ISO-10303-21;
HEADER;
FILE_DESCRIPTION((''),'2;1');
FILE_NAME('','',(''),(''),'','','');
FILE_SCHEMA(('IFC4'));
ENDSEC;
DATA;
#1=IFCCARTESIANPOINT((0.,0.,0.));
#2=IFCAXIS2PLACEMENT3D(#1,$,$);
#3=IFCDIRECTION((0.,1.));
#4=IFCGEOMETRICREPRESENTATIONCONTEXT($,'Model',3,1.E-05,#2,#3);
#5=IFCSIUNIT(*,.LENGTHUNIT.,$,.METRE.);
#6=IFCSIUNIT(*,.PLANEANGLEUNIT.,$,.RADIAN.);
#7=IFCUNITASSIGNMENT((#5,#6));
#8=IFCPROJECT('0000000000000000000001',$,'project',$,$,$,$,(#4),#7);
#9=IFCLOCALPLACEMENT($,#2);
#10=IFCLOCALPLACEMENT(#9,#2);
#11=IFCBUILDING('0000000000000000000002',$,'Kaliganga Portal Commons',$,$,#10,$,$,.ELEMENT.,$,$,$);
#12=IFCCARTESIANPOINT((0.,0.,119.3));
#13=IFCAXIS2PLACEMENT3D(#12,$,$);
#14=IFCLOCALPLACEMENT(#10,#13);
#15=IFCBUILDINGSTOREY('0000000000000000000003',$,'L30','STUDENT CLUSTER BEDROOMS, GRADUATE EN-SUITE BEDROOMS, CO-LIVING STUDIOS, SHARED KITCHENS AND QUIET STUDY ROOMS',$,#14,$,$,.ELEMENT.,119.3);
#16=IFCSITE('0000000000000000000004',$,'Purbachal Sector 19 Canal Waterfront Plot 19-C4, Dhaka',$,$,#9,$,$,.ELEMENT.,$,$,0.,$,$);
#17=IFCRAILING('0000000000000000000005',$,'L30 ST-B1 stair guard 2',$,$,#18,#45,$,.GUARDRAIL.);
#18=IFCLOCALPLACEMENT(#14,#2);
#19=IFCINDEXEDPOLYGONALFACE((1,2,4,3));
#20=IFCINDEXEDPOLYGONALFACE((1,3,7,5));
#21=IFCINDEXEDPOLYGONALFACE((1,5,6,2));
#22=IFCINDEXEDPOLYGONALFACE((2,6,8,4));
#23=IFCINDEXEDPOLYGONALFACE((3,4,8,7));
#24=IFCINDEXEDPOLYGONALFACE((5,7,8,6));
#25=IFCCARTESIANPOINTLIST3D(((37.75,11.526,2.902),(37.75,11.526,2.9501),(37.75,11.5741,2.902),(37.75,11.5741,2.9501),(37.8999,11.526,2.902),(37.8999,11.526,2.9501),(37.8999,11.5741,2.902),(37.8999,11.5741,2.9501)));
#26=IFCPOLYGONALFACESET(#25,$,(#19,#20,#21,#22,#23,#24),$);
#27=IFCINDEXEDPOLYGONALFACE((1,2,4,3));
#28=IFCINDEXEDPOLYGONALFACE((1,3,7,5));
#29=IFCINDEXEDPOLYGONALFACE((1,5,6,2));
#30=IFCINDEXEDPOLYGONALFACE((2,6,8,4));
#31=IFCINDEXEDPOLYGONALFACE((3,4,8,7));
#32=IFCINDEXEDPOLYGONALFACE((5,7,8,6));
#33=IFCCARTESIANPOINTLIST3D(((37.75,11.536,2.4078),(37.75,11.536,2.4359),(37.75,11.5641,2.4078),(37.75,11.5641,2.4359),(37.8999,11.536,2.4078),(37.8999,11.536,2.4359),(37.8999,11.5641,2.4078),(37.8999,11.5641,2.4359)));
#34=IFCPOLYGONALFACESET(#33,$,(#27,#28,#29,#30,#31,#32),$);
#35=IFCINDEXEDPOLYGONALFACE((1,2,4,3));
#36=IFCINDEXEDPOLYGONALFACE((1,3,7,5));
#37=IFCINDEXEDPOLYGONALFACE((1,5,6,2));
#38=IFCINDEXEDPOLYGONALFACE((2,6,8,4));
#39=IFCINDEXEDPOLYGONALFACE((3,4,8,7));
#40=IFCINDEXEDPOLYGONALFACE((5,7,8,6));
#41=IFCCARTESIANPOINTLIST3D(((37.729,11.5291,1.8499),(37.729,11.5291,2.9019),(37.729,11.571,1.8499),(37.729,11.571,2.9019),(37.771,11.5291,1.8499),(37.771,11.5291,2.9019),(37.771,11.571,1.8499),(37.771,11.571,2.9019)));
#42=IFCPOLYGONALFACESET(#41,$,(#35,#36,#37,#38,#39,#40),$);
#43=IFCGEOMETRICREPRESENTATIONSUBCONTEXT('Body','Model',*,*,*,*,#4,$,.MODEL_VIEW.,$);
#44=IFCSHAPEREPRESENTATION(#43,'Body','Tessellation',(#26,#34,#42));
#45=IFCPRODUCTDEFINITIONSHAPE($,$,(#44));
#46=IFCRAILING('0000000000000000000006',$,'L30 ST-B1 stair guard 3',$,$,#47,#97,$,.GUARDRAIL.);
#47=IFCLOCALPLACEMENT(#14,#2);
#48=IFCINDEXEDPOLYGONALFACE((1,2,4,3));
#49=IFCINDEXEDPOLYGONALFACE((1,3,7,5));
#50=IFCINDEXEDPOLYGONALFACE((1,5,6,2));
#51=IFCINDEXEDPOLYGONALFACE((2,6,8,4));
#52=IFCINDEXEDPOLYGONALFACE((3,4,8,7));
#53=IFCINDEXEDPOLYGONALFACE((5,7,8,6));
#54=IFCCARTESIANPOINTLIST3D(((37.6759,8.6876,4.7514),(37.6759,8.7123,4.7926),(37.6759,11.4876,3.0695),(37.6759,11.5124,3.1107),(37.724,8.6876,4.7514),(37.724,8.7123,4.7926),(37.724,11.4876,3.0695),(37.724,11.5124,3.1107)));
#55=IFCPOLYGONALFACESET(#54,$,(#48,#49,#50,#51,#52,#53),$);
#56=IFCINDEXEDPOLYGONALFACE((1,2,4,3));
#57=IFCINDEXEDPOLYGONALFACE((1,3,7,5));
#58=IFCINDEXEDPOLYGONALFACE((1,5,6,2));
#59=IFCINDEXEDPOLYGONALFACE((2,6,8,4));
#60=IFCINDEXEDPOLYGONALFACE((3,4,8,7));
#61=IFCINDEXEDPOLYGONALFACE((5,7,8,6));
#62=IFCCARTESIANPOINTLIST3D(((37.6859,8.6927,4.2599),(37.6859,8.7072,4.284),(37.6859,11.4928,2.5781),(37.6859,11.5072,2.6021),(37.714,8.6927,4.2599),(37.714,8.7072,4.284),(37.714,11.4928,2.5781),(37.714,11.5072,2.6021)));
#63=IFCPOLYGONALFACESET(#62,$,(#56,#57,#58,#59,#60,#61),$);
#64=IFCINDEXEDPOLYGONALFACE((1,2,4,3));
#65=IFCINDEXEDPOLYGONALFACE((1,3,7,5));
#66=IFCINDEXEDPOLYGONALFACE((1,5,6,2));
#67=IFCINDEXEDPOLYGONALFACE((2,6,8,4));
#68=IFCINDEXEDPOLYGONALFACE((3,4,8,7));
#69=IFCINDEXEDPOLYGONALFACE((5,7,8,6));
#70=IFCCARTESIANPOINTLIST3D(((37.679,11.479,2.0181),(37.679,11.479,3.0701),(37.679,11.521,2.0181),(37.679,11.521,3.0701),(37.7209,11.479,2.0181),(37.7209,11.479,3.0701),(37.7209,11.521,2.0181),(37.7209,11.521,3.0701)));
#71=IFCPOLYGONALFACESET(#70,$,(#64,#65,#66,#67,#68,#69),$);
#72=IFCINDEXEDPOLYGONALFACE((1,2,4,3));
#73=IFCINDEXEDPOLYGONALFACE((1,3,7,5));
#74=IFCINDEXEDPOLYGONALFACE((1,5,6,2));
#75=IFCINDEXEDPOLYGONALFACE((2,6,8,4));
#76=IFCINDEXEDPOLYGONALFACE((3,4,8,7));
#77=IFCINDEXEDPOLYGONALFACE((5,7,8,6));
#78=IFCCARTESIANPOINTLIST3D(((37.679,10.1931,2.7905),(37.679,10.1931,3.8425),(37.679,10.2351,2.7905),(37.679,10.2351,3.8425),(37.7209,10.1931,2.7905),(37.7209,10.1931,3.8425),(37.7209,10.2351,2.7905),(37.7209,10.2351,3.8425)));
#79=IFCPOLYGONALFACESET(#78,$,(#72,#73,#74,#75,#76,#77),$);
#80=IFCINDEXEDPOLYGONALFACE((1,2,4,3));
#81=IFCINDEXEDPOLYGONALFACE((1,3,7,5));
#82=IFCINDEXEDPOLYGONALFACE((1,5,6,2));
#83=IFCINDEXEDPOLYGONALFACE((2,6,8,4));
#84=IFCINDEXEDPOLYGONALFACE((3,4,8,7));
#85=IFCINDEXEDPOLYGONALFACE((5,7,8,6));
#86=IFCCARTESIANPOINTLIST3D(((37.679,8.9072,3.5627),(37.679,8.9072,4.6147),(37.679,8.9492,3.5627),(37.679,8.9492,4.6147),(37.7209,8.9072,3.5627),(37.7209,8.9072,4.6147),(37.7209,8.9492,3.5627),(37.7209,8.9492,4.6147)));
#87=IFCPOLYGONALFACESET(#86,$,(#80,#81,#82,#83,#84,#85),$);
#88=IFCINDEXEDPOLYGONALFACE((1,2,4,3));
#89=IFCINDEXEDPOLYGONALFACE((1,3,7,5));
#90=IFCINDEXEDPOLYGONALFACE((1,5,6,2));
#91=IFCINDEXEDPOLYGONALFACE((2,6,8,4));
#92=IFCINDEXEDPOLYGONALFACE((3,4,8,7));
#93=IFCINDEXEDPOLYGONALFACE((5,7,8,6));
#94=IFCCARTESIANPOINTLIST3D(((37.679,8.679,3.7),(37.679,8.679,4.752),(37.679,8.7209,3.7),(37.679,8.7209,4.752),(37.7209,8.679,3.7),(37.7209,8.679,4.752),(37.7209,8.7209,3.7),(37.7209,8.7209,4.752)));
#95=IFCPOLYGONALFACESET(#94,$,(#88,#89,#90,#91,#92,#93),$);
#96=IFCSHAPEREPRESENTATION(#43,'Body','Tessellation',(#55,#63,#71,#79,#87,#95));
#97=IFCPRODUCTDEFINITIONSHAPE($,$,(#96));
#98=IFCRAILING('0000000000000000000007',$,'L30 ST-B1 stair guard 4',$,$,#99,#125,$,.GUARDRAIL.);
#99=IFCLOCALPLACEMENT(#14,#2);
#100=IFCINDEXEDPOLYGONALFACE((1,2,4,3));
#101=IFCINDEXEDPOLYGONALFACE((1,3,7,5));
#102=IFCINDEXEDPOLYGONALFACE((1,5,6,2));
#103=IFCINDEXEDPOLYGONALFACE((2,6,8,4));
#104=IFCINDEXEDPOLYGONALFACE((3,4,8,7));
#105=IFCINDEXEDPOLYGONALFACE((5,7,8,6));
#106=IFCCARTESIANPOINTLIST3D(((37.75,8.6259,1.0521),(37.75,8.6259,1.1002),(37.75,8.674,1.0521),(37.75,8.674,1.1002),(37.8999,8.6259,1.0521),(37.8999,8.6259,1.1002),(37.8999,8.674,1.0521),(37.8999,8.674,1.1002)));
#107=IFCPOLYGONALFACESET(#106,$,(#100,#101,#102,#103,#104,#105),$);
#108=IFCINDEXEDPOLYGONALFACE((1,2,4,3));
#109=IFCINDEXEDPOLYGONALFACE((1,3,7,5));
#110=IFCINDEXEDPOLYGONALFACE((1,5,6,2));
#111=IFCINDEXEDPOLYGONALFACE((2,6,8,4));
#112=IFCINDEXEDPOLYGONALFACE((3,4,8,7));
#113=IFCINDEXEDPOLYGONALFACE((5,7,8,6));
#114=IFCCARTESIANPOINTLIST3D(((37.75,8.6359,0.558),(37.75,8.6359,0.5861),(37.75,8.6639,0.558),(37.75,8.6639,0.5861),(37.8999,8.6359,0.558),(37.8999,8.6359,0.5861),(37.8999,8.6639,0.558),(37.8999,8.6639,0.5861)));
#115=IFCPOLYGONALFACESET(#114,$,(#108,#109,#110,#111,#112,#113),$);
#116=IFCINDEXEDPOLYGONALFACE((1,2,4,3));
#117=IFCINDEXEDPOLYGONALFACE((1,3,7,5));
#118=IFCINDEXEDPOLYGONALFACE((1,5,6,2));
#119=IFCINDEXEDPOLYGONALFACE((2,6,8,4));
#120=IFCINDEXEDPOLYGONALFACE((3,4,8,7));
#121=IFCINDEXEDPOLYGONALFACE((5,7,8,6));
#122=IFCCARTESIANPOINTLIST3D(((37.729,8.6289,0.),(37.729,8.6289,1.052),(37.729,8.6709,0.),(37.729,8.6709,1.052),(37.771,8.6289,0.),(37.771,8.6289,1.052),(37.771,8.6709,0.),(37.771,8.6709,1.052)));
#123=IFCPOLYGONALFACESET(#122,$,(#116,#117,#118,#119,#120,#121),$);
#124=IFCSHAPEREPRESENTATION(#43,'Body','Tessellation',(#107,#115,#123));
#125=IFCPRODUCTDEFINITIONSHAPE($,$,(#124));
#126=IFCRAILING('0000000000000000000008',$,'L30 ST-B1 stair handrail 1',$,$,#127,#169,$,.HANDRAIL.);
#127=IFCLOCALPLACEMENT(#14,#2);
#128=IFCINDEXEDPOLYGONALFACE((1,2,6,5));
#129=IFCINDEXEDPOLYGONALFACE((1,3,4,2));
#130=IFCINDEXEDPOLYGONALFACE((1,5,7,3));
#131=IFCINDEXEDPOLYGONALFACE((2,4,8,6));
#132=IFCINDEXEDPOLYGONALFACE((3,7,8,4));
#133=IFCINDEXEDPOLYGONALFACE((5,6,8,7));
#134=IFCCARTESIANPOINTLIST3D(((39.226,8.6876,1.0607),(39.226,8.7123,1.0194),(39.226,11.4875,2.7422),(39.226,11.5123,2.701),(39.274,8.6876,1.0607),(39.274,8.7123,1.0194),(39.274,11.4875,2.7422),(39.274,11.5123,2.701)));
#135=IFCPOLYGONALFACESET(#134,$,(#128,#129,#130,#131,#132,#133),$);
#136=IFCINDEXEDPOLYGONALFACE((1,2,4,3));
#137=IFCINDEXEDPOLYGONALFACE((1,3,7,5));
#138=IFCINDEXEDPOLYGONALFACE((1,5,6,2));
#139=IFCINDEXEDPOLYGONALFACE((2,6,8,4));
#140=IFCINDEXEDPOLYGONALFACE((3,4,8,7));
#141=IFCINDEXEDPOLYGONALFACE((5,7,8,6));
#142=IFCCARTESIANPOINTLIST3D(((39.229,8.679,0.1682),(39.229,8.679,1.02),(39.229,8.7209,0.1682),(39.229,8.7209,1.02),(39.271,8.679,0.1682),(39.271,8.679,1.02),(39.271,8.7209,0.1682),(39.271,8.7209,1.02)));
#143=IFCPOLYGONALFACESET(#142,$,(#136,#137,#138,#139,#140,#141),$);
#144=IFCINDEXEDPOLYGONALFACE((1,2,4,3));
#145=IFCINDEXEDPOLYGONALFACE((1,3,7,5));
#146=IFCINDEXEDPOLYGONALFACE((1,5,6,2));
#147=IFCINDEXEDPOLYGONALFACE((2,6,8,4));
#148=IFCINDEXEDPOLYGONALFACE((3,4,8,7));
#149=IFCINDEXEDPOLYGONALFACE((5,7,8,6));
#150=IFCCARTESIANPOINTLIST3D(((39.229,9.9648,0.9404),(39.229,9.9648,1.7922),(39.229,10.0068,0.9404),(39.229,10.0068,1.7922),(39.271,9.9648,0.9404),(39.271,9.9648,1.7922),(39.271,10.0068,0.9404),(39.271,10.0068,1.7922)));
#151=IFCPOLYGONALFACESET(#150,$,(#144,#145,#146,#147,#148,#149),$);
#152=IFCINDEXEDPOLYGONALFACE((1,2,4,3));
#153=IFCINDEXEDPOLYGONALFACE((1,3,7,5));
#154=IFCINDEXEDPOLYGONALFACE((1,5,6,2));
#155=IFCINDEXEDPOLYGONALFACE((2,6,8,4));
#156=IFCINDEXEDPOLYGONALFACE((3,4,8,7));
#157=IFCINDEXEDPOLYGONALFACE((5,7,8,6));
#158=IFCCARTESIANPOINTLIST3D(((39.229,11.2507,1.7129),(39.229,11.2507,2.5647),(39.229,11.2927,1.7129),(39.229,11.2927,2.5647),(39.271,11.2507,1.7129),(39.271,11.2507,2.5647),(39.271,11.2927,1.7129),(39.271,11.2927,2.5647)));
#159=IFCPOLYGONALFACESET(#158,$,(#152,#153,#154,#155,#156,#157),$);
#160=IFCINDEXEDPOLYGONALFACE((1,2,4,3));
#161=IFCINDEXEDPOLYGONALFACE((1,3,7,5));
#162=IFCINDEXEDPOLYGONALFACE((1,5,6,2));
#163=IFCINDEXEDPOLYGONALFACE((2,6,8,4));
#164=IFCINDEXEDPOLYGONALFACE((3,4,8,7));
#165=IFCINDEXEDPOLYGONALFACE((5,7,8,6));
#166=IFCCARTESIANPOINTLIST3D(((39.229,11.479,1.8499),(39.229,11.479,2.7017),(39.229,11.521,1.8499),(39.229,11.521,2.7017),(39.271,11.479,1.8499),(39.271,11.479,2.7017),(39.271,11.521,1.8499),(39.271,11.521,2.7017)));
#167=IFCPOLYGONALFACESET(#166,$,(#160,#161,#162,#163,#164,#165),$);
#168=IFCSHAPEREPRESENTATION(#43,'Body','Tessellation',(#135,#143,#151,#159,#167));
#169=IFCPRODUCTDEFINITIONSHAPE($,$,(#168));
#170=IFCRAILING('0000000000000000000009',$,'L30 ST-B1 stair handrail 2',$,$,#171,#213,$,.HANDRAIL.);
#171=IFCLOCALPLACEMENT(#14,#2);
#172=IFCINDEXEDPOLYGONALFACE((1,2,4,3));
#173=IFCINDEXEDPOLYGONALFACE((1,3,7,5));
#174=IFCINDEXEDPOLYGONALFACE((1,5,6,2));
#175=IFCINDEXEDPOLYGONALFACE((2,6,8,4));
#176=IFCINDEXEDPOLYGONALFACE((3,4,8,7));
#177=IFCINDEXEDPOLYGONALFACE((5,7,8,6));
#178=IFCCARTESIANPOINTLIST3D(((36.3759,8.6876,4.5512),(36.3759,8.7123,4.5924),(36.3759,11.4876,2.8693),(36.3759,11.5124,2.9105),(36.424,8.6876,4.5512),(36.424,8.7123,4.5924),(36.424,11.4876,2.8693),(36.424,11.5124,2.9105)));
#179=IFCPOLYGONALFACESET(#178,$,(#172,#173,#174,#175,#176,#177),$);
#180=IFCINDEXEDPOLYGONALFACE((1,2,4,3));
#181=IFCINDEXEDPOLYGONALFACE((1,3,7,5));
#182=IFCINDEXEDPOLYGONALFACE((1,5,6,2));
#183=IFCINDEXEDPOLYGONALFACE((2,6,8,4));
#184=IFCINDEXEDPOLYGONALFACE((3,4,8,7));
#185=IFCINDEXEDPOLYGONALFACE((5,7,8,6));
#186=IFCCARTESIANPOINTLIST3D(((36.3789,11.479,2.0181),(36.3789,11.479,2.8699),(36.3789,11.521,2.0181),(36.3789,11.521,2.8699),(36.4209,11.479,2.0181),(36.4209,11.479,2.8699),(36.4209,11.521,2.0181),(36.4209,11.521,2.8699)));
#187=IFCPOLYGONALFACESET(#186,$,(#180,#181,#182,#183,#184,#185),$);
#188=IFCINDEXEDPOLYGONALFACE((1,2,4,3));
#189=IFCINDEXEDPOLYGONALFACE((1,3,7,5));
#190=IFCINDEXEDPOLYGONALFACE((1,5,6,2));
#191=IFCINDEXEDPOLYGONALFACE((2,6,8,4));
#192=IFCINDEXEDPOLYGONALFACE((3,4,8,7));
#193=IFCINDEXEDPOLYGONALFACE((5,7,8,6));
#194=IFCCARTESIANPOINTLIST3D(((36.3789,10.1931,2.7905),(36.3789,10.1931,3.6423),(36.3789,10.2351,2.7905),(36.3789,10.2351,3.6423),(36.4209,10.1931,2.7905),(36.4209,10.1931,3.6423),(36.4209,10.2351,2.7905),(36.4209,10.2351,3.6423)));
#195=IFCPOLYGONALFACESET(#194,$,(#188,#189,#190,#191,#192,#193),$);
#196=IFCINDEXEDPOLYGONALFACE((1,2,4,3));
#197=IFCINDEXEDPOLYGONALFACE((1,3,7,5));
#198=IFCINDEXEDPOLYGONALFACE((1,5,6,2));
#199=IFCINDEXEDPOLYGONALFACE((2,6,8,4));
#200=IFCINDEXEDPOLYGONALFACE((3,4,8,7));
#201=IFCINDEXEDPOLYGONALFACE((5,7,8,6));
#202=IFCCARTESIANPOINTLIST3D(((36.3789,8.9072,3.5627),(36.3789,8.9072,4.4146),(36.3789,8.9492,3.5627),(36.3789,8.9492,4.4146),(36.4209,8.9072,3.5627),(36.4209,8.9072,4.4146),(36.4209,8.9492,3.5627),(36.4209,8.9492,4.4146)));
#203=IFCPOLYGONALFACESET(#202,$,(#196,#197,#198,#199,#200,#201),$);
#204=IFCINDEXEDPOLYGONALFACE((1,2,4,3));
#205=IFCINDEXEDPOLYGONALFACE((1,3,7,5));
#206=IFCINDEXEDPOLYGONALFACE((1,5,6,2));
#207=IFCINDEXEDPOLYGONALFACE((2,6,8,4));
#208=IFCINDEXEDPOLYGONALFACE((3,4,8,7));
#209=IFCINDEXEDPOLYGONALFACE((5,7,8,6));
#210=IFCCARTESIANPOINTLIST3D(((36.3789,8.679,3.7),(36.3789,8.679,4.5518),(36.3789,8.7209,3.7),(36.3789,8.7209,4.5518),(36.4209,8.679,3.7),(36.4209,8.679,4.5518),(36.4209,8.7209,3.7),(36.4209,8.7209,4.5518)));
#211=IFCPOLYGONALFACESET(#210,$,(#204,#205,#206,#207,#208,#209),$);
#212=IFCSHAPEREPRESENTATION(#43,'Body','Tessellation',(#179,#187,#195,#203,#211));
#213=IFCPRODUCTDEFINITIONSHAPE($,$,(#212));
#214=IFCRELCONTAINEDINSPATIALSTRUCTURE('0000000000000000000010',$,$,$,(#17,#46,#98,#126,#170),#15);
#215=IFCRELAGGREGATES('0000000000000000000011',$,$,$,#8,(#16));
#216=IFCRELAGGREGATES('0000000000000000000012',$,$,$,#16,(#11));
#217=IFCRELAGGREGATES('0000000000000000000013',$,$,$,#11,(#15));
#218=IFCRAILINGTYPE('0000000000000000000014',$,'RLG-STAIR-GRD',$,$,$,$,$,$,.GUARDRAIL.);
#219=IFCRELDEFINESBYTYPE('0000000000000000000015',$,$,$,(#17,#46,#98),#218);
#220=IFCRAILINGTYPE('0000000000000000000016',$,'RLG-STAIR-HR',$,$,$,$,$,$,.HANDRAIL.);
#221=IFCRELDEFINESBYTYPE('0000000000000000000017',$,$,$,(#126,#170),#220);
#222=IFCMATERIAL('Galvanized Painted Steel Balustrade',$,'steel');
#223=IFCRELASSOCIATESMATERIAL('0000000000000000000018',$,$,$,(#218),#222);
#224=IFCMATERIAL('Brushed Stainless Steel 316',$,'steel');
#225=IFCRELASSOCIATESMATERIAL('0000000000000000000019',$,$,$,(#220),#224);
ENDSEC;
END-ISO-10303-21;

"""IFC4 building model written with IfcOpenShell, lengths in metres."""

from ifc_helpers import new_model, si_unit, direction, frame, origin, origin_2d, place, context, subcontext, project, spatial, rectangle, extrude, material, type_object, element, save


model = new_model("IFC4")

# Units and contexts
model_context = context("Model", 3, precision=1e-05, world=origin(), true_north=direction((0.0, 1.0)))
body_context = subcontext(model_context, "Body", "Model", "MODEL_VIEW")
ifc_project = project(units=[si_unit("LENGTHUNIT", "METRE"), si_unit("PLANEANGLEUNIT", "RADIAN")], contexts=[model_context])

# Site, building, storey
site_placement = place(None, origin())
site = spatial("IfcSite", under=ifc_project, at=site_placement, Name="Purbachal Sector 19 Canal Waterfront Plot 19-C4, Dhaka", CompositionType="ELEMENT", RefElevation=0.0)
building_placement = place(site_placement, origin())
building = spatial("IfcBuilding", under=site, at=building_placement, Name="Kaliganga Portal Commons", CompositionType="ELEMENT")
storey_placement = place(building_placement, frame((0.0, 0.0, 119.3)))
storey = spatial("IfcBuildingStorey", under=building, at=storey_placement, Name="L30", Description="STUDENT CLUSTER BEDROOMS, GRADUATE EN-SUITE BEDROOMS, CO-LIVING STUDIOS, SHARED KITCHENS AND QUIET STUDY ROOMS", CompositionType="ELEMENT", Elevation=119.3)

# Railings
ifc_material_1 = material(Name="Galvanized Painted Steel Balustrade", Category="steel")
railing_type_1 = type_object("IfcRailingType", Name="RLG-STAIR-GRD", PredefinedType="GUARDRAIL", material=ifc_material_1)
railing_1_placement = place(storey_placement, frame((37.8999, 11.55, 1.8499)))
element("IfcRailing", 1, at=railing_1_placement, inside=storey, type_object=railing_type_1, Name="L30 ST-B1 stair guard 2", PredefinedType="GUARDRAIL", context=body_context, shape_type="SweptSolid", body=[
    extrude(rectangle(XDim=0.0481, YDim=0.0481, at=origin_2d()), frame((0.0, 0.0, 1.0762), z_axis=(-1.0, 0.0, 0.0), x_axis=(0.0, -1.0, 0.0)), (0.0, 0.0, 1.0), 0.1499),
    extrude(rectangle(XDim=0.0281, YDim=0.0281, at=origin_2d()), frame((0.0, 0.0, 0.572), z_axis=(-1.0, 0.0, 0.0), x_axis=(0.0, -1.0, 0.0)), (0.0, 0.0, 1.0), 0.1499),
    extrude(rectangle(XDim=0.042, YDim=0.042, at=origin_2d()), frame((-0.1499, 0.0, 0.0)), (0.0, 0.0, 1.0), 1.052),
])
railing_2_placement = place(storey_placement, frame((37.7, 11.5, 2.0181)))
element("IfcRailing", 2, at=railing_2_placement, inside=storey, type_object=railing_type_1, Name="L30 ST-B1 stair guard 3", PredefinedType="GUARDRAIL", context=body_context, shape_type="SweptSolid", body=[
    extrude(rectangle(XDim=0.0481, YDim=0.0481, at=origin_2d()), frame((0.0, 0.0, 1.072), z_axis=(0.0, -0.857242, 0.514913), x_axis=(1.0, 0.0, 0.0)), (0.0, 0.0, 1.0), 3.2664),
    extrude(rectangle(XDim=0.0281, YDim=0.0281, at=origin_2d()), frame((0.0, 0.0, 0.572), z_axis=(0.0, -0.857242, 0.514913), x_axis=(1.0, 0.0, 0.0)), (0.0, 0.0, 1.0), 3.2664),
    extrude(rectangle(XDim=0.042, YDim=0.042, at=origin_2d()), origin(), (0.0, 0.0, 1.0), 1.052),
    extrude(rectangle(XDim=0.042, YDim=0.042, at=origin_2d()), frame((0.0, -1.2859, 0.7725)), (0.0, 0.0, 1.0), 1.052),
    extrude(rectangle(XDim=0.042, YDim=0.042, at=origin_2d()), frame((0.0, -2.5718, 1.5447)), (0.0, 0.0, 1.0), 1.052),
    extrude(rectangle(XDim=0.042, YDim=0.042, at=origin_2d()), frame((0.0, -2.8, 1.6819)), (0.0, 0.0, 1.0), 1.052),
])
railing_3_placement = place(storey_placement, frame((37.8999, 8.6499, 0.0)))
element("IfcRailing", 3, at=railing_3_placement, inside=storey, type_object=railing_type_1, Name="L30 ST-B1 stair guard 4", PredefinedType="GUARDRAIL", context=body_context, shape_type="SweptSolid", body=[
    extrude(rectangle(XDim=0.0481, YDim=0.0481, at=origin_2d()), frame((0.0, 0.0, 1.0762), z_axis=(-1.0, 0.0, 0.0), x_axis=(0.0, -1.0, 0.0)), (0.0, 0.0, 1.0), 0.1499),
    extrude(rectangle(XDim=0.0281, YDim=0.0281, at=origin_2d()), frame((0.0, 0.0, 0.572), z_axis=(-1.0, 0.0, 0.0), x_axis=(0.0, -1.0, 0.0)), (0.0, 0.0, 1.0), 0.1499),
    extrude(rectangle(XDim=0.042, YDim=0.042, at=origin_2d()), frame((-0.1499, 0.0, 0.0)), (0.0, 0.0, 1.0), 1.052),
])
ifc_material_2 = material(Name="Brushed Stainless Steel 316", Category="steel")
railing_type_2 = type_object("IfcRailingType", Name="RLG-STAIR-HR", PredefinedType="HANDRAIL", material=ifc_material_2)
railing_4_placement = place(storey_placement, frame((39.25, 8.7, 0.1682)))
element("IfcRailing", 4, at=railing_4_placement, inside=storey, type_object=railing_type_2, Name="L30 ST-B1 stair handrail 1", PredefinedType="HANDRAIL", context=body_context, shape_type="SweptSolid", body=[
    extrude(rectangle(XDim=0.0481, YDim=0.0481, at=origin_2d()), frame((0.0, 0.0, 0.8718), z_axis=(0.0, 0.857275, 0.514858), x_axis=(-1.0, 0.0, 0.0)), (0.0, 0.0, 1.0), 3.2661),
    extrude(rectangle(XDim=0.042, YDim=0.042, at=origin_2d()), origin(), (0.0, 0.0, 1.0), 0.8518),
    extrude(rectangle(XDim=0.042, YDim=0.042, at=origin_2d()), frame((0.0, 1.2859, 0.7722)), (0.0, 0.0, 1.0), 0.8518),
    extrude(rectangle(XDim=0.042, YDim=0.042, at=origin_2d()), frame((0.0, 2.5718, 1.5447)), (0.0, 0.0, 1.0), 0.8518),
    extrude(rectangle(XDim=0.042, YDim=0.042, at=origin_2d()), frame((0.0, 2.8, 1.6816)), (0.0, 0.0, 1.0), 0.8518),
])
railing_5_placement = place(storey_placement, frame((36.3999, 11.5, 2.0181)))
element("IfcRailing", 5, at=railing_5_placement, inside=storey, type_object=railing_type_2, Name="L30 ST-B1 stair handrail 2", PredefinedType="HANDRAIL", context=body_context, shape_type="SweptSolid", body=[
    extrude(rectangle(XDim=0.0481, YDim=0.0481, at=origin_2d()), frame((0.0, 0.0, 0.8718), z_axis=(0.0, -0.857242, 0.514913), x_axis=(1.0, 0.0, 0.0)), (0.0, 0.0, 1.0), 3.2664),
    extrude(rectangle(XDim=0.042, YDim=0.042, at=origin_2d()), origin(), (0.0, 0.0, 1.0), 0.8518),
    extrude(rectangle(XDim=0.042, YDim=0.042, at=origin_2d()), frame((0.0, -1.2859, 0.7725)), (0.0, 0.0, 1.0), 0.8518),
    extrude(rectangle(XDim=0.042, YDim=0.042, at=origin_2d()), frame((0.0, -2.5718, 1.5447)), (0.0, 0.0, 1.0), 0.8518),
    extrude(rectangle(XDim=0.042, YDim=0.042, at=origin_2d()), frame((0.0, -2.8, 1.6819)), (0.0, 0.0, 1.0), 0.8518),
])

save(model, "model.ifc")
